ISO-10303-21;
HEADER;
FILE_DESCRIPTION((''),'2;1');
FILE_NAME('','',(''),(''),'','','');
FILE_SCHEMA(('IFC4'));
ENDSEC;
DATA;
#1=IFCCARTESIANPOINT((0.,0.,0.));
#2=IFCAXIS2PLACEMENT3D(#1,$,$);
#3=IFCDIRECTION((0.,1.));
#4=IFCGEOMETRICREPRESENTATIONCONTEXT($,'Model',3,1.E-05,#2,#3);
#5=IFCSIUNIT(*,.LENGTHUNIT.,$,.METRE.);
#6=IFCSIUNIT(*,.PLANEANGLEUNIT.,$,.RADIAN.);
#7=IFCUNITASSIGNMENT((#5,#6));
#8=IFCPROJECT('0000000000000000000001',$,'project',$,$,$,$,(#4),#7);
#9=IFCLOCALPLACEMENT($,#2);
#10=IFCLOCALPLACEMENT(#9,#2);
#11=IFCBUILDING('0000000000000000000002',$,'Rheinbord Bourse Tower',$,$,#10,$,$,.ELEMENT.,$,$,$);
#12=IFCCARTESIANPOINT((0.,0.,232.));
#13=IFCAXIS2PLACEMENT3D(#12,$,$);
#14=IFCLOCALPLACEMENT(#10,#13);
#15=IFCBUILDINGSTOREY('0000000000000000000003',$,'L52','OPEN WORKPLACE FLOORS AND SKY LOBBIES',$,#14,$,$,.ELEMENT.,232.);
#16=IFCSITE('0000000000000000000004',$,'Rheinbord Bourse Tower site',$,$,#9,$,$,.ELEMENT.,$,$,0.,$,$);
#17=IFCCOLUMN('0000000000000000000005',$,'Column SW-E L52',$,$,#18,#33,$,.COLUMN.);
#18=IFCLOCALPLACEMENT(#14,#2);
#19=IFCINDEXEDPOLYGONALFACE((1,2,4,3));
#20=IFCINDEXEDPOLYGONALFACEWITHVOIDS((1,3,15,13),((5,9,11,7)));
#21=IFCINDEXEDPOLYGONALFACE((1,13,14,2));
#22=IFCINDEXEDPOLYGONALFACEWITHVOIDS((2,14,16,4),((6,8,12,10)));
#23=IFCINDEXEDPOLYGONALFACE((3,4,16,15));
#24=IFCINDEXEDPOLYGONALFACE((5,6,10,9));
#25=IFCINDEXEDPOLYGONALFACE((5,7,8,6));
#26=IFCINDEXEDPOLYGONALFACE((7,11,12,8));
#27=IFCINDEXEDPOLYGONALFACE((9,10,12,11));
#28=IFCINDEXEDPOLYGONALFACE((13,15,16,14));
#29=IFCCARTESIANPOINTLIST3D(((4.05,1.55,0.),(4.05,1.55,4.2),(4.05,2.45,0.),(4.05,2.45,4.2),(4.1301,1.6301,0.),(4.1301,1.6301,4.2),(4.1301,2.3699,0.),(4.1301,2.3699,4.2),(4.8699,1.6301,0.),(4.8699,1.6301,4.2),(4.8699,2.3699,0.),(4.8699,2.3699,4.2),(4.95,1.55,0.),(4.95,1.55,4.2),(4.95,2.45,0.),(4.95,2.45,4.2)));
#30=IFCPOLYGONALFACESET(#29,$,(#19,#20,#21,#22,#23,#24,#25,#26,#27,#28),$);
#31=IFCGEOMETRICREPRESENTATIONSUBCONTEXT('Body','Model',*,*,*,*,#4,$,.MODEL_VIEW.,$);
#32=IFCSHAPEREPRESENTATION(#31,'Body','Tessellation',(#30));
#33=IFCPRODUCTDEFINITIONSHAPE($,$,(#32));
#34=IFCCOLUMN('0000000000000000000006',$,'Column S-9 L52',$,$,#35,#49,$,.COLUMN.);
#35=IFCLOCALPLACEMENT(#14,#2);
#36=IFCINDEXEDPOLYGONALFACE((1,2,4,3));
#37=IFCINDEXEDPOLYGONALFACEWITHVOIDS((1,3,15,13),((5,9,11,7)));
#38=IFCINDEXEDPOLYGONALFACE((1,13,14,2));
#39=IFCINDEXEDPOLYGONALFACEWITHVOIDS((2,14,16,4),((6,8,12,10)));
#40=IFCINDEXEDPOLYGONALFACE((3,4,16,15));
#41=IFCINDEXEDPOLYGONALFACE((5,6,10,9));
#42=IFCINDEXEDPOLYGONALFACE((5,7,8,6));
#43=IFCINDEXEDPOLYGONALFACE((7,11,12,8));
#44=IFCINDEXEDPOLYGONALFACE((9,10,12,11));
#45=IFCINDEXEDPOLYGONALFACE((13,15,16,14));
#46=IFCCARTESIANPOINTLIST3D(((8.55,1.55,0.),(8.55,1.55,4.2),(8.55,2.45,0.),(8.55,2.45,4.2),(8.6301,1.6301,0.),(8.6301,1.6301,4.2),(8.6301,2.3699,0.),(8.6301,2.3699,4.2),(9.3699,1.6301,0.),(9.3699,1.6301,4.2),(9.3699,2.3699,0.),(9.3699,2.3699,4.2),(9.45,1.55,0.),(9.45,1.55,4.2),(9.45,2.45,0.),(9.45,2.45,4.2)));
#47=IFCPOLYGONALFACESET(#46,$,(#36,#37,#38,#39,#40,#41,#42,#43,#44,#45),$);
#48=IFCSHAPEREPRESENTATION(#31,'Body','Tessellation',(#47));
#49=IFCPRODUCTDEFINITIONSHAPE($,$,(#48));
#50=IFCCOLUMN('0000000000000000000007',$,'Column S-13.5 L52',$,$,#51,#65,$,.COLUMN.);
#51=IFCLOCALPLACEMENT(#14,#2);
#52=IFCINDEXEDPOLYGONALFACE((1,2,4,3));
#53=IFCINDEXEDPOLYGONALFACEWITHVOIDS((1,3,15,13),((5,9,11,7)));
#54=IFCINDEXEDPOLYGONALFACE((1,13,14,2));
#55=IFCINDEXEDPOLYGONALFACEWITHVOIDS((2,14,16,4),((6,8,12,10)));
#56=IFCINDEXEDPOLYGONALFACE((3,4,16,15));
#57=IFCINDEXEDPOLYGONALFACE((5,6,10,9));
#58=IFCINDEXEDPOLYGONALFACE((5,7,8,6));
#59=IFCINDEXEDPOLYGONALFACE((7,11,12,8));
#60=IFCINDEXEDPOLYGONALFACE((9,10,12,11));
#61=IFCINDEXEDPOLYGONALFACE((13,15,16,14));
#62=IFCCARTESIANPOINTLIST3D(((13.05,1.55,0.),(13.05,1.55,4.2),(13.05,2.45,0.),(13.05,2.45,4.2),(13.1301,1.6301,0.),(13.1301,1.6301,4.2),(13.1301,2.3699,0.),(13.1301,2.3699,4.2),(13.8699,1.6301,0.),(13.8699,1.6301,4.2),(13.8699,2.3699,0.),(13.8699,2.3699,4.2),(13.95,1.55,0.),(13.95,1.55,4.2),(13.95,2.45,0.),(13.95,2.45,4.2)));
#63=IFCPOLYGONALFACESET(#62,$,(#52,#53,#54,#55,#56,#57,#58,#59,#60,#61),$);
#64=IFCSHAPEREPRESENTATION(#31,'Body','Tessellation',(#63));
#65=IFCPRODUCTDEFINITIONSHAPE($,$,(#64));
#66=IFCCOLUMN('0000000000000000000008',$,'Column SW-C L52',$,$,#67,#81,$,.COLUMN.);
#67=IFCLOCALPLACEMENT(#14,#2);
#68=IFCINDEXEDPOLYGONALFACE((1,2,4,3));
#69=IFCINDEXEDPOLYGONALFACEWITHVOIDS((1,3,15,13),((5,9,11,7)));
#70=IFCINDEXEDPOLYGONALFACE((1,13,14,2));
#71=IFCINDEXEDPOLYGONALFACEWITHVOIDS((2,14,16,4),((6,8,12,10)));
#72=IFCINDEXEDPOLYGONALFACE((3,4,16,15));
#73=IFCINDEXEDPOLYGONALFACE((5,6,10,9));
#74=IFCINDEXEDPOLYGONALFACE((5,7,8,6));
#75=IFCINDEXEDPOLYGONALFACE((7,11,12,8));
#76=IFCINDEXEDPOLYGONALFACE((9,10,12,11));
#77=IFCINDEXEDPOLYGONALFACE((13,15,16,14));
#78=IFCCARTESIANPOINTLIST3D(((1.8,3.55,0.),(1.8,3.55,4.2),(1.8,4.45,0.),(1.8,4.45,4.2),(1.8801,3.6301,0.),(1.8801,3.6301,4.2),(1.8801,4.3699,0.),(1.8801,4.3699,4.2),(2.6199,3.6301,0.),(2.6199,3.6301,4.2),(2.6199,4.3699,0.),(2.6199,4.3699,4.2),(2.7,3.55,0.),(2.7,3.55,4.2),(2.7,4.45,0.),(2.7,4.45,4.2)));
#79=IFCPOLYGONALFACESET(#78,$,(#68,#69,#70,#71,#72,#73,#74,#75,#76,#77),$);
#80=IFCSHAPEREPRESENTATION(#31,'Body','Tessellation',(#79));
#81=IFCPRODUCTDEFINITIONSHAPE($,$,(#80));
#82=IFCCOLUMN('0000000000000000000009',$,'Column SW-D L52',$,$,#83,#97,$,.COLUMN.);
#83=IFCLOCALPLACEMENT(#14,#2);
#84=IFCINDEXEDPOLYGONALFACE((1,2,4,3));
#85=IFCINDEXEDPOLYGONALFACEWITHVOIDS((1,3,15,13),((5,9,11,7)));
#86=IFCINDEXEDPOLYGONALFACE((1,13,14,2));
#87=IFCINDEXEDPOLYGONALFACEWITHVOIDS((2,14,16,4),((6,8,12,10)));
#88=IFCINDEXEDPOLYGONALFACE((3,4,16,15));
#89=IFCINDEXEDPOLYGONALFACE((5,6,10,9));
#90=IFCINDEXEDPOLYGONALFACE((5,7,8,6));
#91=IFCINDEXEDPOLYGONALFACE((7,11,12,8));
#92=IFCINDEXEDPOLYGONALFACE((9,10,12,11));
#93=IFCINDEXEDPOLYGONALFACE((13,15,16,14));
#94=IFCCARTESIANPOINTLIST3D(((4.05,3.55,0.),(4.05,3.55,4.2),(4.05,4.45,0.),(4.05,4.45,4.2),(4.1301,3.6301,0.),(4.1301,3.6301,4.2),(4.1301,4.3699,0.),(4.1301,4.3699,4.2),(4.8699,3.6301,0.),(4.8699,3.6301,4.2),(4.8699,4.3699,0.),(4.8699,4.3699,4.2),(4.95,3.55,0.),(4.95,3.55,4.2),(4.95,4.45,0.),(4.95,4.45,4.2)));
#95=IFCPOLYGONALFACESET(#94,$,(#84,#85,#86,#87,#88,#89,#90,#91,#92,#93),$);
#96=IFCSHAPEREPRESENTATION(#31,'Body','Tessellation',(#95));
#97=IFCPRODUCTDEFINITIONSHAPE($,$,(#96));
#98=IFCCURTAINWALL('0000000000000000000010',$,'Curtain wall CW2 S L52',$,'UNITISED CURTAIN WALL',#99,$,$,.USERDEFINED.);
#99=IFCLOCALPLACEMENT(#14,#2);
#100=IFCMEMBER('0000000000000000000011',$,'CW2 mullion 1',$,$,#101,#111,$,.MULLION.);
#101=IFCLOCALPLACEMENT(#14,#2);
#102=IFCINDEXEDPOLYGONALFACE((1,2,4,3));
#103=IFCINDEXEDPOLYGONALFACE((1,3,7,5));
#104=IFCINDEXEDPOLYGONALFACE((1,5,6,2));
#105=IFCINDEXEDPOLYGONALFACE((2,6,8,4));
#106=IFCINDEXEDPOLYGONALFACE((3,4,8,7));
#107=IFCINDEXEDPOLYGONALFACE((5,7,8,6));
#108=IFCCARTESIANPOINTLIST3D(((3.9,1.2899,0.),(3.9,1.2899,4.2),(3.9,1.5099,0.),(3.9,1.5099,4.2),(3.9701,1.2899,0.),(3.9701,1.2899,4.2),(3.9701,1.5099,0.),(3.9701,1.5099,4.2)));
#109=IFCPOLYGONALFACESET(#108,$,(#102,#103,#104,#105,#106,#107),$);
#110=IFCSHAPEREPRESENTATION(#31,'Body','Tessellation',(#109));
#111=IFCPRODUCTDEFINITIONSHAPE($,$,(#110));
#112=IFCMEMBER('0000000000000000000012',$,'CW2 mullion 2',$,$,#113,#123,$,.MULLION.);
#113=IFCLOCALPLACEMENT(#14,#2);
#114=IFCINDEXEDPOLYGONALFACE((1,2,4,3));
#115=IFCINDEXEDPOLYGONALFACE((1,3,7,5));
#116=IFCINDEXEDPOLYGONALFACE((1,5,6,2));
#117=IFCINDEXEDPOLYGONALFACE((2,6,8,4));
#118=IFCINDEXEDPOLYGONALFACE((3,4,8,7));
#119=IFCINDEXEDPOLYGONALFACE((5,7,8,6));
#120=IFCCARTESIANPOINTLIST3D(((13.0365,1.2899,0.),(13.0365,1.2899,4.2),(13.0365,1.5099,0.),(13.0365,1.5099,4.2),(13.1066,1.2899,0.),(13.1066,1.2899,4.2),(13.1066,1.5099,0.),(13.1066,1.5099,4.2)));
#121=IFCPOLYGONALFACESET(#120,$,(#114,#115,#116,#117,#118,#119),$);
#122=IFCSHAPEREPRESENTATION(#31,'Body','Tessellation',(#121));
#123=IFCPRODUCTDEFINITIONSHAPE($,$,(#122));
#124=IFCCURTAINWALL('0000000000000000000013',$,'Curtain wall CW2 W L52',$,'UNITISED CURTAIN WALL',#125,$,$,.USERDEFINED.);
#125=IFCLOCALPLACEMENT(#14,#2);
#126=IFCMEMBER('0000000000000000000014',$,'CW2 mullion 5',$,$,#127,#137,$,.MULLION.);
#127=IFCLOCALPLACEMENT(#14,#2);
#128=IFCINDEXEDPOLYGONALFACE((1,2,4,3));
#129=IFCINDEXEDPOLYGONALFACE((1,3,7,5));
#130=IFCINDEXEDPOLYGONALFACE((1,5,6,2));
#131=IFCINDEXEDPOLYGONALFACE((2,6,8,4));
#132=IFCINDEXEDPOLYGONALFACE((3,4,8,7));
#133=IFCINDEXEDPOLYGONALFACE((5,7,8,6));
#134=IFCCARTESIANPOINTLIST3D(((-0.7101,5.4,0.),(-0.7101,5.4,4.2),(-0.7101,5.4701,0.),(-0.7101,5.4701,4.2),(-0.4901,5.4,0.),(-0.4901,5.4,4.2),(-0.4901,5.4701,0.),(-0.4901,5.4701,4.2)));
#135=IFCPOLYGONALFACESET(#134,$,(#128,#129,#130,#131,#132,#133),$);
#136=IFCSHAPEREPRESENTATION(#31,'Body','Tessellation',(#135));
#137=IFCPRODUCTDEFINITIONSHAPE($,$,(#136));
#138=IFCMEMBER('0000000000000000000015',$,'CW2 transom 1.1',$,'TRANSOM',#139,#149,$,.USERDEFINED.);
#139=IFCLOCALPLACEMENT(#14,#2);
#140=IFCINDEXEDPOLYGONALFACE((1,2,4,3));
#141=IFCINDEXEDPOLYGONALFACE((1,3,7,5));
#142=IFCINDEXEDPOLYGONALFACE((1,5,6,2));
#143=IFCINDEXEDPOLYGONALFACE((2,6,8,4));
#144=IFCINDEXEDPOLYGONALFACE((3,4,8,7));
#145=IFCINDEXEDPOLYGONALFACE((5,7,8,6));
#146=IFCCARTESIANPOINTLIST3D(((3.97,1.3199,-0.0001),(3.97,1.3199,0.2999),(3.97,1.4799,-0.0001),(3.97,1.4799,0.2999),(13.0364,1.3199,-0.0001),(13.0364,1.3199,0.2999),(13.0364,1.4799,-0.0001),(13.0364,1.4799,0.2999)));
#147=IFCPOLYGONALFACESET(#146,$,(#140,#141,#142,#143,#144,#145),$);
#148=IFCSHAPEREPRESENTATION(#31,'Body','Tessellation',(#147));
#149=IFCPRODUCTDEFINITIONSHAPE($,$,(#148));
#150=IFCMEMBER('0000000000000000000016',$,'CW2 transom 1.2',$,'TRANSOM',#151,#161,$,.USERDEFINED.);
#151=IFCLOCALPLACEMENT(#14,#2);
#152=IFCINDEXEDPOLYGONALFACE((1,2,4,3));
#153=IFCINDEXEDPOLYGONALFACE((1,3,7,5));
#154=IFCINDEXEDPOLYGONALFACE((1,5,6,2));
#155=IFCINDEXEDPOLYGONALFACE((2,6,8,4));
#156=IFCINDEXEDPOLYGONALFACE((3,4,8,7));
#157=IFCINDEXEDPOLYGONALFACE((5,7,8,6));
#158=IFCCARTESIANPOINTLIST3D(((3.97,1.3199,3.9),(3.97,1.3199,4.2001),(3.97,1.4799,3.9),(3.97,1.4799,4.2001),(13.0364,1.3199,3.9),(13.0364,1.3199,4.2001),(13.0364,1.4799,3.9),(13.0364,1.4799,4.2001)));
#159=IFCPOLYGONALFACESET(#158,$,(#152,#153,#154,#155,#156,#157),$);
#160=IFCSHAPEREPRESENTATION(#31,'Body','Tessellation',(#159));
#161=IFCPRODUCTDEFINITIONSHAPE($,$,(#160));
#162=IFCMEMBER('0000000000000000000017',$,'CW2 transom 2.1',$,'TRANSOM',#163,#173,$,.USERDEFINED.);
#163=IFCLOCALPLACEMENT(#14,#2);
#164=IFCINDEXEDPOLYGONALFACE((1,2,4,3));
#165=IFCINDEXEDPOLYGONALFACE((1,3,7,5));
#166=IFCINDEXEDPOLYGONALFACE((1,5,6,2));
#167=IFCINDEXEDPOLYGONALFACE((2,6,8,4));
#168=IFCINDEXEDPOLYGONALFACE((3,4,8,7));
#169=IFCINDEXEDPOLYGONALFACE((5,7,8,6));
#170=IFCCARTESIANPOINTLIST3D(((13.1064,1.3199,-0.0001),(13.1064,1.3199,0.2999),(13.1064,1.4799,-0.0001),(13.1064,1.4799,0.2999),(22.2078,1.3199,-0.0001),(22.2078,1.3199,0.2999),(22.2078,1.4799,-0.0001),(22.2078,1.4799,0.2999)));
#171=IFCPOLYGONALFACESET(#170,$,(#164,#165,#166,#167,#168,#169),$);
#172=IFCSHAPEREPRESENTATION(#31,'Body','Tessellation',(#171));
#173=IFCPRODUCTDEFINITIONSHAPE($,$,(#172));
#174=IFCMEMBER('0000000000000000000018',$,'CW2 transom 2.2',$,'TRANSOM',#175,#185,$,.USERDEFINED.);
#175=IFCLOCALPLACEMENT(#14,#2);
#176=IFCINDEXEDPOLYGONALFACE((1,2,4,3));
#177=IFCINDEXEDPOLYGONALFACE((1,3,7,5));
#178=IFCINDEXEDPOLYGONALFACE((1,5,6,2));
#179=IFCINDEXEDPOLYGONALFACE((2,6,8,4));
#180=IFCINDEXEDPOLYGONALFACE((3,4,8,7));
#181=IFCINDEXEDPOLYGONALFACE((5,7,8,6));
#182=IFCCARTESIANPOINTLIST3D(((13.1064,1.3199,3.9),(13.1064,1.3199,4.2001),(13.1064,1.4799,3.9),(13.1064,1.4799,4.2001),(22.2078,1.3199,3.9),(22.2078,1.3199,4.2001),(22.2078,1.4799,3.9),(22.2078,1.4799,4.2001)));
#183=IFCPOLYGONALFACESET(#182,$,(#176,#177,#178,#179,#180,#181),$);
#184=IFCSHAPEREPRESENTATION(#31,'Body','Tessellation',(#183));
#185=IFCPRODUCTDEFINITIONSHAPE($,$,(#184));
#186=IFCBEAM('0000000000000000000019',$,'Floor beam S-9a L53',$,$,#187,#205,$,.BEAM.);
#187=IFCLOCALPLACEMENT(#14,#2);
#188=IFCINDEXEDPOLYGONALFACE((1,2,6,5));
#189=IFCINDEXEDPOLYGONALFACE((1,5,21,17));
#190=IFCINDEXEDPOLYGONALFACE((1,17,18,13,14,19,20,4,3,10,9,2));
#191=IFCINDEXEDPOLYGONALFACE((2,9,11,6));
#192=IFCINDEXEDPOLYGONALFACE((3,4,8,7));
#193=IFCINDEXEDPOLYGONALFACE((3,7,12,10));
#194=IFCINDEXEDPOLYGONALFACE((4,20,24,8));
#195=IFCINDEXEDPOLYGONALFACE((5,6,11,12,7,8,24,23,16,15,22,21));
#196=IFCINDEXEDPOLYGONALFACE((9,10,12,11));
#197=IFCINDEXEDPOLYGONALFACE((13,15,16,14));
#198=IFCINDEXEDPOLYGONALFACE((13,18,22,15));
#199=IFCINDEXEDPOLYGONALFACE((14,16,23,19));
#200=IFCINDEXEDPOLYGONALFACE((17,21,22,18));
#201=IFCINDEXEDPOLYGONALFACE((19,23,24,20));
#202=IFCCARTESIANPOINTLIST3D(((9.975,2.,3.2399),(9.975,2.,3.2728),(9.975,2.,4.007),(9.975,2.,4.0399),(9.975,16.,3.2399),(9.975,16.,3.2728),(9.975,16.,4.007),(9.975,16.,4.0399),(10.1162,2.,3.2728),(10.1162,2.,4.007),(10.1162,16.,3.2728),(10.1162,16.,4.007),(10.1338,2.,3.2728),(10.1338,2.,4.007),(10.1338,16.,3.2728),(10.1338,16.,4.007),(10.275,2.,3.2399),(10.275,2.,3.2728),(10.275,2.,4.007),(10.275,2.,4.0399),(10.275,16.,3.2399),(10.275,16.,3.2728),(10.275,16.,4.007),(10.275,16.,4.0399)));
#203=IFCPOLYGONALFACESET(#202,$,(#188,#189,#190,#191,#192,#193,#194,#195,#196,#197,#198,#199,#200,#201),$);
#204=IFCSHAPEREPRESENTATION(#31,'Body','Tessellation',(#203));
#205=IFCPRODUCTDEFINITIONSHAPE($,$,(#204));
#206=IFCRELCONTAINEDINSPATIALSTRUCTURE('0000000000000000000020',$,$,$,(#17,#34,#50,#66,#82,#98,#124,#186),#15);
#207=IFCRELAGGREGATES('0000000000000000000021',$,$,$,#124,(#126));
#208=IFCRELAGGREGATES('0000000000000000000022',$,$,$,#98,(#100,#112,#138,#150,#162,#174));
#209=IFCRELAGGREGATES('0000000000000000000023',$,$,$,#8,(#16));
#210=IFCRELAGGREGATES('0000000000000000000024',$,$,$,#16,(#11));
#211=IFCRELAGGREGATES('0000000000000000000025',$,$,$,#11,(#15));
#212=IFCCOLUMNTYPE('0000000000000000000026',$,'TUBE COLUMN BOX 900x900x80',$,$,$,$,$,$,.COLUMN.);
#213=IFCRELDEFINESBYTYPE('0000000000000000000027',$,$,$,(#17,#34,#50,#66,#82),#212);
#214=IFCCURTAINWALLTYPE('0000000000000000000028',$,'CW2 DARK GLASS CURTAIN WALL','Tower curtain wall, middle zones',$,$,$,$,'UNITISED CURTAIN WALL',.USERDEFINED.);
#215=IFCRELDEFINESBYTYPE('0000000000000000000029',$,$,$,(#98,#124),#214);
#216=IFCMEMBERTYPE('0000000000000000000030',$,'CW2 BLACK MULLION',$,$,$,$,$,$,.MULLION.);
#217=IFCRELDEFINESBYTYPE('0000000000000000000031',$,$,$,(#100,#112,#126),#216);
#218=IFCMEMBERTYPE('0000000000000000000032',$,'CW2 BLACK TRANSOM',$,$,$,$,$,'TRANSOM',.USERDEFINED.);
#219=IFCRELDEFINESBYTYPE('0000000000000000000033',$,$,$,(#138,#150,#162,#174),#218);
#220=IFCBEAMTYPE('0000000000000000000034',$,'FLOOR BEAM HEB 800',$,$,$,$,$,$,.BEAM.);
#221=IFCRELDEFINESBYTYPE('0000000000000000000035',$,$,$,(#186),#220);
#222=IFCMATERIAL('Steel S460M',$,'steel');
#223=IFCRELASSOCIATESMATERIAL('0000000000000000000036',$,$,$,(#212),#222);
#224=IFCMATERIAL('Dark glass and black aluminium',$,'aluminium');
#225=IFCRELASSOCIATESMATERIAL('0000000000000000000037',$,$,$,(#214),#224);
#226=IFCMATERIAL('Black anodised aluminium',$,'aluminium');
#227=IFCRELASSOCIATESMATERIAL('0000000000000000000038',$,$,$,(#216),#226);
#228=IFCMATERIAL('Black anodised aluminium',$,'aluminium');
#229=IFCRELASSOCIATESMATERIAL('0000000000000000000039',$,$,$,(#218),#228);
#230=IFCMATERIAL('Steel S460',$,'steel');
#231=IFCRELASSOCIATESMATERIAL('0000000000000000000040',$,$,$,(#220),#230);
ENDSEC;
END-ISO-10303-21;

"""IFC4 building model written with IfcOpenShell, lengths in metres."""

from ifc_helpers import new_model, si_unit, direction, frame, origin, origin_2d, place, context, subcontext, project, spatial, rectangle, hollow_rectangle, i_section, extrude, material, material_profile, profile_set, type_object, element, aggregate, save


model = new_model("IFC4")

# Units and contexts
model_context = context("Model", 3, precision=1e-05, world=origin(), true_north=direction((0.0, 1.0)))
body_context = subcontext(model_context, "Body", "Model", "MODEL_VIEW")
ifc_project = project(units=[si_unit("LENGTHUNIT", "METRE"), si_unit("PLANEANGLEUNIT", "RADIAN")], contexts=[model_context])

# Site, building, storey
site_placement = place(None, origin())
site = spatial("IfcSite", under=ifc_project, at=site_placement, Name="Rheinbord Bourse Tower site", CompositionType="ELEMENT", RefElevation=0.0)
building_placement = place(site_placement, origin())
building = spatial("IfcBuilding", under=site, at=building_placement, Name="Rheinbord Bourse Tower", CompositionType="ELEMENT")
storey_placement = place(building_placement, frame((0.0, 0.0, 232.0)))
storey = spatial("IfcBuildingStorey", under=building, at=storey_placement, Name="L52", Description="OPEN WORKPLACE FLOORS AND SKY LOBBIES", CompositionType="ELEMENT", Elevation=232.0)

# Columns
ifc_material_1 = material(Name="Steel S460M", Category="steel")
ifc_material_profile_1 = material_profile(ifc_material_1, hollow_rectangle(XDim=0.8999, YDim=0.8999, WallThickness=0.0801, at=origin_2d()), Name="BOX 900x900x80")
ifc_profile_set_1 = profile_set([ifc_material_profile_1], Name="Steel S460M")
column_type = type_object("IfcColumnType", Name="TUBE COLUMN BOX 900x900x80", PredefinedType="COLUMN", material=ifc_profile_set_1)
for number, where, z_axis, x_axis, name in (
    (1, (4.5, 2.0, 0.0), (0.0, 0.0, 1.0), (0.0, 1.0, 0.0), "Column SW-E L52"),
    (2, (9.0, 2.0, 0.0), (0.0, 0.0, 1.0), (0.0, 1.0, 0.0), "Column S-9 L52"),
    (3, (13.5, 2.0, 0.0), (0.0, 0.0, 1.0), (0.0, 1.0, 0.0), "Column S-13.5 L52"),
    (4, (2.25, 4.0, 0.0), (0.0, 0.0, 1.0), (1.0, 0.0, 0.0), "Column SW-C L52"),
    (5, (4.5, 4.0, 0.0), (0.0, 0.0, 1.0), (0.0, 1.0, 0.0), "Column SW-D L52"),
):
    element("IfcColumn", number, at=place(storey_placement, frame(where, z_axis=z_axis, x_axis=x_axis)), inside=storey, type_object=column_type, Name=name, PredefinedType="COLUMN", context=body_context, shape_type="SweptSolid", body=[
        extrude(hollow_rectangle(XDim=0.8999, YDim=0.8999, WallThickness=0.0801, at=origin_2d()), origin(), (0.0, 0.0, 1.0), 4.2),
    ])

# Curtain wall, members
ifc_material_2 = material(Name="Dark glass and black aluminium", Category="aluminium")
curtain_wall_type = type_object("IfcCurtainWallType", Name="CW2 DARK GLASS CURTAIN WALL", Description="Tower curtain wall, middle zones", ElementType="UNITISED CURTAIN WALL", PredefinedType="USERDEFINED", material=ifc_material_2)
curtain_wall_1_placement = place(storey_placement, origin())
curtain_wall_1 = element("IfcCurtainWall", 6, at=curtain_wall_1_placement, inside=storey, type_object=curtain_wall_type, Name="Curtain wall CW2 S L52", ObjectType="UNITISED CURTAIN WALL", PredefinedType="USERDEFINED")
ifc_material_3 = material(Name="Black anodised aluminium", Category="aluminium")
ifc_material_profile_2 = material_profile(ifc_material_3, rectangle(XDim=0.22, YDim=0.0701, at=origin_2d()), Name="CW2 MULLION 70x220")
ifc_profile_set_2 = profile_set([ifc_material_profile_2], Name="Black anodised aluminium")
member_type_1 = type_object("IfcMemberType", Name="CW2 BLACK MULLION", PredefinedType="MULLION", material=ifc_profile_set_2)
member_1_placement = place(storey_placement, frame((3.9351, 1.3999, 0.0), z_axis=(0.0, 0.0, 1.0), x_axis=(0.0, 1.0, 0.0)))
member_1 = element("IfcMember", 7, at=member_1_placement, type_object=member_type_1, Name="CW2 mullion 1", PredefinedType="MULLION", context=body_context, shape_type="SweptSolid", body=[
    extrude(rectangle(XDim=0.22, YDim=0.0701, at=origin_2d()), origin(), (0.0, 0.0, 1.0), 4.2),
])
member_2_placement = place(storey_placement, frame((13.0715, 1.3999, 0.0), z_axis=(0.0, 0.0, 1.0), x_axis=(0.0, 1.0, 0.0)))
member_2 = element("IfcMember", 8, at=member_2_placement, type_object=member_type_1, Name="CW2 mullion 2", PredefinedType="MULLION", context=body_context, shape_type="SweptSolid", body=[
    extrude(rectangle(XDim=0.22, YDim=0.0701, at=origin_2d()), origin(), (0.0, 0.0, 1.0), 4.2),
])

# Curtain wall, member
curtain_wall_2_placement = place(storey_placement, origin())
curtain_wall_2 = element("IfcCurtainWall", 9, at=curtain_wall_2_placement, inside=storey, type_object=curtain_wall_type, Name="Curtain wall CW2 W L52", ObjectType="UNITISED CURTAIN WALL", PredefinedType="USERDEFINED")
member_3_placement = place(storey_placement, frame((-0.6001, 5.4351, 0.0), z_axis=(0.0, 0.0, 1.0), x_axis=(1.0, 0.0, 0.0)))
member_3 = element("IfcMember", 10, at=member_3_placement, type_object=member_type_1, Name="CW2 mullion 5", PredefinedType="MULLION", context=body_context, shape_type="SweptSolid", body=[
    extrude(rectangle(XDim=0.22, YDim=0.0701, at=origin_2d()), origin(), (0.0, 0.0, 1.0), 4.2),
])
aggregate(curtain_wall_2, [member_3])

# Members
ifc_material_4 = material(Name="Black anodised aluminium", Category="aluminium")
ifc_material_profile_3 = material_profile(ifc_material_4, rectangle(XDim=0.1599, YDim=0.3, at=origin_2d()), Name="CW2 TRANSOM 300x160")
ifc_profile_set_3 = profile_set([ifc_material_profile_3], Name="Black anodised aluminium")
member_type_2 = type_object("IfcMemberType", Name="CW2 BLACK TRANSOM", ElementType="TRANSOM", PredefinedType="USERDEFINED", material=ifc_profile_set_3)
member_4_placement = place(storey_placement, frame((3.97, 1.3999, 0.1499), z_axis=(1.0, 0.0, 0.0), x_axis=(0.0, 1.0, 0.0)))
member_4 = element("IfcMember", 11, at=member_4_placement, type_object=member_type_2, Name="CW2 transom 1.1", ObjectType="TRANSOM", PredefinedType="USERDEFINED", context=body_context, shape_type="SweptSolid", body=[
    extrude(rectangle(XDim=0.1599, YDim=0.3, at=origin_2d()), origin(), (0.0, 0.0, 1.0), 9.0664),
])
member_5_placement = place(storey_placement, frame((3.97, 1.3999, 4.05), z_axis=(1.0, 0.0, 0.0), x_axis=(0.0, 1.0, 0.0)))
member_5 = element("IfcMember", 12, at=member_5_placement, type_object=member_type_2, Name="CW2 transom 1.2", ObjectType="TRANSOM", PredefinedType="USERDEFINED", context=body_context, shape_type="SweptSolid", body=[
    extrude(rectangle(XDim=0.1599, YDim=0.3, at=origin_2d()), origin(), (0.0, 0.0, 1.0), 9.0664),
])
member_6_placement = place(storey_placement, frame((13.1064, 1.3999, 0.1499), z_axis=(1.0, 0.0, 0.0), x_axis=(0.0, 1.0, 0.0)))
member_6 = element("IfcMember", 13, at=member_6_placement, type_object=member_type_2, Name="CW2 transom 2.1", ObjectType="TRANSOM", PredefinedType="USERDEFINED", context=body_context, shape_type="SweptSolid", body=[
    extrude(rectangle(XDim=0.1599, YDim=0.3, at=origin_2d()), origin(), (0.0, 0.0, 1.0), 9.1013),
])
member_7_placement = place(storey_placement, frame((13.1064, 1.3999, 4.05), z_axis=(1.0, 0.0, 0.0), x_axis=(0.0, 1.0, 0.0)))
member_7 = element("IfcMember", 14, at=member_7_placement, type_object=member_type_2, Name="CW2 transom 2.2", ObjectType="TRANSOM", PredefinedType="USERDEFINED", context=body_context, shape_type="SweptSolid", body=[
    extrude(rectangle(XDim=0.1599, YDim=0.3, at=origin_2d()), origin(), (0.0, 0.0, 1.0), 9.1013),
])

# Beam
ifc_material_5 = material(Name="Steel S460", Category="steel")
ifc_material_profile_4 = material_profile(ifc_material_5, i_section(OverallWidth=0.3, OverallDepth=0.8, WebThickness=0.0176, FlangeThickness=0.033, at=origin_2d()), Name="HEB 800")
ifc_profile_set_4 = profile_set([ifc_material_profile_4], Name="Steel S460")
beam_type_1 = type_object("IfcBeamType", Name="FLOOR BEAM HEB 800", PredefinedType="BEAM", material=ifc_profile_set_4)
for number, where, z_axis, x_axis, name in (
    (15, (10.125, 2.0, 3.6399), (0.0, 1.0, 0.0), (-1.0, 0.0, 0.0), "Floor beam S-9a L53"),
):
    element("IfcBeam", number, at=place(storey_placement, frame(where, z_axis=z_axis, x_axis=x_axis)), inside=storey, type_object=beam_type_1, Name=name, PredefinedType="BEAM", context=body_context, shape_type="SweptSolid", body=[
        extrude(i_section(OverallWidth=0.3, OverallDepth=0.8, WebThickness=0.0176, FlangeThickness=0.033, at=origin_2d()), origin(), (0.0, 0.0, 1.0), 14.0),
    ])

aggregate(curtain_wall_1, [member_1, member_2, member_4, member_5, member_6, member_7])

save(model, "model.ifc")
